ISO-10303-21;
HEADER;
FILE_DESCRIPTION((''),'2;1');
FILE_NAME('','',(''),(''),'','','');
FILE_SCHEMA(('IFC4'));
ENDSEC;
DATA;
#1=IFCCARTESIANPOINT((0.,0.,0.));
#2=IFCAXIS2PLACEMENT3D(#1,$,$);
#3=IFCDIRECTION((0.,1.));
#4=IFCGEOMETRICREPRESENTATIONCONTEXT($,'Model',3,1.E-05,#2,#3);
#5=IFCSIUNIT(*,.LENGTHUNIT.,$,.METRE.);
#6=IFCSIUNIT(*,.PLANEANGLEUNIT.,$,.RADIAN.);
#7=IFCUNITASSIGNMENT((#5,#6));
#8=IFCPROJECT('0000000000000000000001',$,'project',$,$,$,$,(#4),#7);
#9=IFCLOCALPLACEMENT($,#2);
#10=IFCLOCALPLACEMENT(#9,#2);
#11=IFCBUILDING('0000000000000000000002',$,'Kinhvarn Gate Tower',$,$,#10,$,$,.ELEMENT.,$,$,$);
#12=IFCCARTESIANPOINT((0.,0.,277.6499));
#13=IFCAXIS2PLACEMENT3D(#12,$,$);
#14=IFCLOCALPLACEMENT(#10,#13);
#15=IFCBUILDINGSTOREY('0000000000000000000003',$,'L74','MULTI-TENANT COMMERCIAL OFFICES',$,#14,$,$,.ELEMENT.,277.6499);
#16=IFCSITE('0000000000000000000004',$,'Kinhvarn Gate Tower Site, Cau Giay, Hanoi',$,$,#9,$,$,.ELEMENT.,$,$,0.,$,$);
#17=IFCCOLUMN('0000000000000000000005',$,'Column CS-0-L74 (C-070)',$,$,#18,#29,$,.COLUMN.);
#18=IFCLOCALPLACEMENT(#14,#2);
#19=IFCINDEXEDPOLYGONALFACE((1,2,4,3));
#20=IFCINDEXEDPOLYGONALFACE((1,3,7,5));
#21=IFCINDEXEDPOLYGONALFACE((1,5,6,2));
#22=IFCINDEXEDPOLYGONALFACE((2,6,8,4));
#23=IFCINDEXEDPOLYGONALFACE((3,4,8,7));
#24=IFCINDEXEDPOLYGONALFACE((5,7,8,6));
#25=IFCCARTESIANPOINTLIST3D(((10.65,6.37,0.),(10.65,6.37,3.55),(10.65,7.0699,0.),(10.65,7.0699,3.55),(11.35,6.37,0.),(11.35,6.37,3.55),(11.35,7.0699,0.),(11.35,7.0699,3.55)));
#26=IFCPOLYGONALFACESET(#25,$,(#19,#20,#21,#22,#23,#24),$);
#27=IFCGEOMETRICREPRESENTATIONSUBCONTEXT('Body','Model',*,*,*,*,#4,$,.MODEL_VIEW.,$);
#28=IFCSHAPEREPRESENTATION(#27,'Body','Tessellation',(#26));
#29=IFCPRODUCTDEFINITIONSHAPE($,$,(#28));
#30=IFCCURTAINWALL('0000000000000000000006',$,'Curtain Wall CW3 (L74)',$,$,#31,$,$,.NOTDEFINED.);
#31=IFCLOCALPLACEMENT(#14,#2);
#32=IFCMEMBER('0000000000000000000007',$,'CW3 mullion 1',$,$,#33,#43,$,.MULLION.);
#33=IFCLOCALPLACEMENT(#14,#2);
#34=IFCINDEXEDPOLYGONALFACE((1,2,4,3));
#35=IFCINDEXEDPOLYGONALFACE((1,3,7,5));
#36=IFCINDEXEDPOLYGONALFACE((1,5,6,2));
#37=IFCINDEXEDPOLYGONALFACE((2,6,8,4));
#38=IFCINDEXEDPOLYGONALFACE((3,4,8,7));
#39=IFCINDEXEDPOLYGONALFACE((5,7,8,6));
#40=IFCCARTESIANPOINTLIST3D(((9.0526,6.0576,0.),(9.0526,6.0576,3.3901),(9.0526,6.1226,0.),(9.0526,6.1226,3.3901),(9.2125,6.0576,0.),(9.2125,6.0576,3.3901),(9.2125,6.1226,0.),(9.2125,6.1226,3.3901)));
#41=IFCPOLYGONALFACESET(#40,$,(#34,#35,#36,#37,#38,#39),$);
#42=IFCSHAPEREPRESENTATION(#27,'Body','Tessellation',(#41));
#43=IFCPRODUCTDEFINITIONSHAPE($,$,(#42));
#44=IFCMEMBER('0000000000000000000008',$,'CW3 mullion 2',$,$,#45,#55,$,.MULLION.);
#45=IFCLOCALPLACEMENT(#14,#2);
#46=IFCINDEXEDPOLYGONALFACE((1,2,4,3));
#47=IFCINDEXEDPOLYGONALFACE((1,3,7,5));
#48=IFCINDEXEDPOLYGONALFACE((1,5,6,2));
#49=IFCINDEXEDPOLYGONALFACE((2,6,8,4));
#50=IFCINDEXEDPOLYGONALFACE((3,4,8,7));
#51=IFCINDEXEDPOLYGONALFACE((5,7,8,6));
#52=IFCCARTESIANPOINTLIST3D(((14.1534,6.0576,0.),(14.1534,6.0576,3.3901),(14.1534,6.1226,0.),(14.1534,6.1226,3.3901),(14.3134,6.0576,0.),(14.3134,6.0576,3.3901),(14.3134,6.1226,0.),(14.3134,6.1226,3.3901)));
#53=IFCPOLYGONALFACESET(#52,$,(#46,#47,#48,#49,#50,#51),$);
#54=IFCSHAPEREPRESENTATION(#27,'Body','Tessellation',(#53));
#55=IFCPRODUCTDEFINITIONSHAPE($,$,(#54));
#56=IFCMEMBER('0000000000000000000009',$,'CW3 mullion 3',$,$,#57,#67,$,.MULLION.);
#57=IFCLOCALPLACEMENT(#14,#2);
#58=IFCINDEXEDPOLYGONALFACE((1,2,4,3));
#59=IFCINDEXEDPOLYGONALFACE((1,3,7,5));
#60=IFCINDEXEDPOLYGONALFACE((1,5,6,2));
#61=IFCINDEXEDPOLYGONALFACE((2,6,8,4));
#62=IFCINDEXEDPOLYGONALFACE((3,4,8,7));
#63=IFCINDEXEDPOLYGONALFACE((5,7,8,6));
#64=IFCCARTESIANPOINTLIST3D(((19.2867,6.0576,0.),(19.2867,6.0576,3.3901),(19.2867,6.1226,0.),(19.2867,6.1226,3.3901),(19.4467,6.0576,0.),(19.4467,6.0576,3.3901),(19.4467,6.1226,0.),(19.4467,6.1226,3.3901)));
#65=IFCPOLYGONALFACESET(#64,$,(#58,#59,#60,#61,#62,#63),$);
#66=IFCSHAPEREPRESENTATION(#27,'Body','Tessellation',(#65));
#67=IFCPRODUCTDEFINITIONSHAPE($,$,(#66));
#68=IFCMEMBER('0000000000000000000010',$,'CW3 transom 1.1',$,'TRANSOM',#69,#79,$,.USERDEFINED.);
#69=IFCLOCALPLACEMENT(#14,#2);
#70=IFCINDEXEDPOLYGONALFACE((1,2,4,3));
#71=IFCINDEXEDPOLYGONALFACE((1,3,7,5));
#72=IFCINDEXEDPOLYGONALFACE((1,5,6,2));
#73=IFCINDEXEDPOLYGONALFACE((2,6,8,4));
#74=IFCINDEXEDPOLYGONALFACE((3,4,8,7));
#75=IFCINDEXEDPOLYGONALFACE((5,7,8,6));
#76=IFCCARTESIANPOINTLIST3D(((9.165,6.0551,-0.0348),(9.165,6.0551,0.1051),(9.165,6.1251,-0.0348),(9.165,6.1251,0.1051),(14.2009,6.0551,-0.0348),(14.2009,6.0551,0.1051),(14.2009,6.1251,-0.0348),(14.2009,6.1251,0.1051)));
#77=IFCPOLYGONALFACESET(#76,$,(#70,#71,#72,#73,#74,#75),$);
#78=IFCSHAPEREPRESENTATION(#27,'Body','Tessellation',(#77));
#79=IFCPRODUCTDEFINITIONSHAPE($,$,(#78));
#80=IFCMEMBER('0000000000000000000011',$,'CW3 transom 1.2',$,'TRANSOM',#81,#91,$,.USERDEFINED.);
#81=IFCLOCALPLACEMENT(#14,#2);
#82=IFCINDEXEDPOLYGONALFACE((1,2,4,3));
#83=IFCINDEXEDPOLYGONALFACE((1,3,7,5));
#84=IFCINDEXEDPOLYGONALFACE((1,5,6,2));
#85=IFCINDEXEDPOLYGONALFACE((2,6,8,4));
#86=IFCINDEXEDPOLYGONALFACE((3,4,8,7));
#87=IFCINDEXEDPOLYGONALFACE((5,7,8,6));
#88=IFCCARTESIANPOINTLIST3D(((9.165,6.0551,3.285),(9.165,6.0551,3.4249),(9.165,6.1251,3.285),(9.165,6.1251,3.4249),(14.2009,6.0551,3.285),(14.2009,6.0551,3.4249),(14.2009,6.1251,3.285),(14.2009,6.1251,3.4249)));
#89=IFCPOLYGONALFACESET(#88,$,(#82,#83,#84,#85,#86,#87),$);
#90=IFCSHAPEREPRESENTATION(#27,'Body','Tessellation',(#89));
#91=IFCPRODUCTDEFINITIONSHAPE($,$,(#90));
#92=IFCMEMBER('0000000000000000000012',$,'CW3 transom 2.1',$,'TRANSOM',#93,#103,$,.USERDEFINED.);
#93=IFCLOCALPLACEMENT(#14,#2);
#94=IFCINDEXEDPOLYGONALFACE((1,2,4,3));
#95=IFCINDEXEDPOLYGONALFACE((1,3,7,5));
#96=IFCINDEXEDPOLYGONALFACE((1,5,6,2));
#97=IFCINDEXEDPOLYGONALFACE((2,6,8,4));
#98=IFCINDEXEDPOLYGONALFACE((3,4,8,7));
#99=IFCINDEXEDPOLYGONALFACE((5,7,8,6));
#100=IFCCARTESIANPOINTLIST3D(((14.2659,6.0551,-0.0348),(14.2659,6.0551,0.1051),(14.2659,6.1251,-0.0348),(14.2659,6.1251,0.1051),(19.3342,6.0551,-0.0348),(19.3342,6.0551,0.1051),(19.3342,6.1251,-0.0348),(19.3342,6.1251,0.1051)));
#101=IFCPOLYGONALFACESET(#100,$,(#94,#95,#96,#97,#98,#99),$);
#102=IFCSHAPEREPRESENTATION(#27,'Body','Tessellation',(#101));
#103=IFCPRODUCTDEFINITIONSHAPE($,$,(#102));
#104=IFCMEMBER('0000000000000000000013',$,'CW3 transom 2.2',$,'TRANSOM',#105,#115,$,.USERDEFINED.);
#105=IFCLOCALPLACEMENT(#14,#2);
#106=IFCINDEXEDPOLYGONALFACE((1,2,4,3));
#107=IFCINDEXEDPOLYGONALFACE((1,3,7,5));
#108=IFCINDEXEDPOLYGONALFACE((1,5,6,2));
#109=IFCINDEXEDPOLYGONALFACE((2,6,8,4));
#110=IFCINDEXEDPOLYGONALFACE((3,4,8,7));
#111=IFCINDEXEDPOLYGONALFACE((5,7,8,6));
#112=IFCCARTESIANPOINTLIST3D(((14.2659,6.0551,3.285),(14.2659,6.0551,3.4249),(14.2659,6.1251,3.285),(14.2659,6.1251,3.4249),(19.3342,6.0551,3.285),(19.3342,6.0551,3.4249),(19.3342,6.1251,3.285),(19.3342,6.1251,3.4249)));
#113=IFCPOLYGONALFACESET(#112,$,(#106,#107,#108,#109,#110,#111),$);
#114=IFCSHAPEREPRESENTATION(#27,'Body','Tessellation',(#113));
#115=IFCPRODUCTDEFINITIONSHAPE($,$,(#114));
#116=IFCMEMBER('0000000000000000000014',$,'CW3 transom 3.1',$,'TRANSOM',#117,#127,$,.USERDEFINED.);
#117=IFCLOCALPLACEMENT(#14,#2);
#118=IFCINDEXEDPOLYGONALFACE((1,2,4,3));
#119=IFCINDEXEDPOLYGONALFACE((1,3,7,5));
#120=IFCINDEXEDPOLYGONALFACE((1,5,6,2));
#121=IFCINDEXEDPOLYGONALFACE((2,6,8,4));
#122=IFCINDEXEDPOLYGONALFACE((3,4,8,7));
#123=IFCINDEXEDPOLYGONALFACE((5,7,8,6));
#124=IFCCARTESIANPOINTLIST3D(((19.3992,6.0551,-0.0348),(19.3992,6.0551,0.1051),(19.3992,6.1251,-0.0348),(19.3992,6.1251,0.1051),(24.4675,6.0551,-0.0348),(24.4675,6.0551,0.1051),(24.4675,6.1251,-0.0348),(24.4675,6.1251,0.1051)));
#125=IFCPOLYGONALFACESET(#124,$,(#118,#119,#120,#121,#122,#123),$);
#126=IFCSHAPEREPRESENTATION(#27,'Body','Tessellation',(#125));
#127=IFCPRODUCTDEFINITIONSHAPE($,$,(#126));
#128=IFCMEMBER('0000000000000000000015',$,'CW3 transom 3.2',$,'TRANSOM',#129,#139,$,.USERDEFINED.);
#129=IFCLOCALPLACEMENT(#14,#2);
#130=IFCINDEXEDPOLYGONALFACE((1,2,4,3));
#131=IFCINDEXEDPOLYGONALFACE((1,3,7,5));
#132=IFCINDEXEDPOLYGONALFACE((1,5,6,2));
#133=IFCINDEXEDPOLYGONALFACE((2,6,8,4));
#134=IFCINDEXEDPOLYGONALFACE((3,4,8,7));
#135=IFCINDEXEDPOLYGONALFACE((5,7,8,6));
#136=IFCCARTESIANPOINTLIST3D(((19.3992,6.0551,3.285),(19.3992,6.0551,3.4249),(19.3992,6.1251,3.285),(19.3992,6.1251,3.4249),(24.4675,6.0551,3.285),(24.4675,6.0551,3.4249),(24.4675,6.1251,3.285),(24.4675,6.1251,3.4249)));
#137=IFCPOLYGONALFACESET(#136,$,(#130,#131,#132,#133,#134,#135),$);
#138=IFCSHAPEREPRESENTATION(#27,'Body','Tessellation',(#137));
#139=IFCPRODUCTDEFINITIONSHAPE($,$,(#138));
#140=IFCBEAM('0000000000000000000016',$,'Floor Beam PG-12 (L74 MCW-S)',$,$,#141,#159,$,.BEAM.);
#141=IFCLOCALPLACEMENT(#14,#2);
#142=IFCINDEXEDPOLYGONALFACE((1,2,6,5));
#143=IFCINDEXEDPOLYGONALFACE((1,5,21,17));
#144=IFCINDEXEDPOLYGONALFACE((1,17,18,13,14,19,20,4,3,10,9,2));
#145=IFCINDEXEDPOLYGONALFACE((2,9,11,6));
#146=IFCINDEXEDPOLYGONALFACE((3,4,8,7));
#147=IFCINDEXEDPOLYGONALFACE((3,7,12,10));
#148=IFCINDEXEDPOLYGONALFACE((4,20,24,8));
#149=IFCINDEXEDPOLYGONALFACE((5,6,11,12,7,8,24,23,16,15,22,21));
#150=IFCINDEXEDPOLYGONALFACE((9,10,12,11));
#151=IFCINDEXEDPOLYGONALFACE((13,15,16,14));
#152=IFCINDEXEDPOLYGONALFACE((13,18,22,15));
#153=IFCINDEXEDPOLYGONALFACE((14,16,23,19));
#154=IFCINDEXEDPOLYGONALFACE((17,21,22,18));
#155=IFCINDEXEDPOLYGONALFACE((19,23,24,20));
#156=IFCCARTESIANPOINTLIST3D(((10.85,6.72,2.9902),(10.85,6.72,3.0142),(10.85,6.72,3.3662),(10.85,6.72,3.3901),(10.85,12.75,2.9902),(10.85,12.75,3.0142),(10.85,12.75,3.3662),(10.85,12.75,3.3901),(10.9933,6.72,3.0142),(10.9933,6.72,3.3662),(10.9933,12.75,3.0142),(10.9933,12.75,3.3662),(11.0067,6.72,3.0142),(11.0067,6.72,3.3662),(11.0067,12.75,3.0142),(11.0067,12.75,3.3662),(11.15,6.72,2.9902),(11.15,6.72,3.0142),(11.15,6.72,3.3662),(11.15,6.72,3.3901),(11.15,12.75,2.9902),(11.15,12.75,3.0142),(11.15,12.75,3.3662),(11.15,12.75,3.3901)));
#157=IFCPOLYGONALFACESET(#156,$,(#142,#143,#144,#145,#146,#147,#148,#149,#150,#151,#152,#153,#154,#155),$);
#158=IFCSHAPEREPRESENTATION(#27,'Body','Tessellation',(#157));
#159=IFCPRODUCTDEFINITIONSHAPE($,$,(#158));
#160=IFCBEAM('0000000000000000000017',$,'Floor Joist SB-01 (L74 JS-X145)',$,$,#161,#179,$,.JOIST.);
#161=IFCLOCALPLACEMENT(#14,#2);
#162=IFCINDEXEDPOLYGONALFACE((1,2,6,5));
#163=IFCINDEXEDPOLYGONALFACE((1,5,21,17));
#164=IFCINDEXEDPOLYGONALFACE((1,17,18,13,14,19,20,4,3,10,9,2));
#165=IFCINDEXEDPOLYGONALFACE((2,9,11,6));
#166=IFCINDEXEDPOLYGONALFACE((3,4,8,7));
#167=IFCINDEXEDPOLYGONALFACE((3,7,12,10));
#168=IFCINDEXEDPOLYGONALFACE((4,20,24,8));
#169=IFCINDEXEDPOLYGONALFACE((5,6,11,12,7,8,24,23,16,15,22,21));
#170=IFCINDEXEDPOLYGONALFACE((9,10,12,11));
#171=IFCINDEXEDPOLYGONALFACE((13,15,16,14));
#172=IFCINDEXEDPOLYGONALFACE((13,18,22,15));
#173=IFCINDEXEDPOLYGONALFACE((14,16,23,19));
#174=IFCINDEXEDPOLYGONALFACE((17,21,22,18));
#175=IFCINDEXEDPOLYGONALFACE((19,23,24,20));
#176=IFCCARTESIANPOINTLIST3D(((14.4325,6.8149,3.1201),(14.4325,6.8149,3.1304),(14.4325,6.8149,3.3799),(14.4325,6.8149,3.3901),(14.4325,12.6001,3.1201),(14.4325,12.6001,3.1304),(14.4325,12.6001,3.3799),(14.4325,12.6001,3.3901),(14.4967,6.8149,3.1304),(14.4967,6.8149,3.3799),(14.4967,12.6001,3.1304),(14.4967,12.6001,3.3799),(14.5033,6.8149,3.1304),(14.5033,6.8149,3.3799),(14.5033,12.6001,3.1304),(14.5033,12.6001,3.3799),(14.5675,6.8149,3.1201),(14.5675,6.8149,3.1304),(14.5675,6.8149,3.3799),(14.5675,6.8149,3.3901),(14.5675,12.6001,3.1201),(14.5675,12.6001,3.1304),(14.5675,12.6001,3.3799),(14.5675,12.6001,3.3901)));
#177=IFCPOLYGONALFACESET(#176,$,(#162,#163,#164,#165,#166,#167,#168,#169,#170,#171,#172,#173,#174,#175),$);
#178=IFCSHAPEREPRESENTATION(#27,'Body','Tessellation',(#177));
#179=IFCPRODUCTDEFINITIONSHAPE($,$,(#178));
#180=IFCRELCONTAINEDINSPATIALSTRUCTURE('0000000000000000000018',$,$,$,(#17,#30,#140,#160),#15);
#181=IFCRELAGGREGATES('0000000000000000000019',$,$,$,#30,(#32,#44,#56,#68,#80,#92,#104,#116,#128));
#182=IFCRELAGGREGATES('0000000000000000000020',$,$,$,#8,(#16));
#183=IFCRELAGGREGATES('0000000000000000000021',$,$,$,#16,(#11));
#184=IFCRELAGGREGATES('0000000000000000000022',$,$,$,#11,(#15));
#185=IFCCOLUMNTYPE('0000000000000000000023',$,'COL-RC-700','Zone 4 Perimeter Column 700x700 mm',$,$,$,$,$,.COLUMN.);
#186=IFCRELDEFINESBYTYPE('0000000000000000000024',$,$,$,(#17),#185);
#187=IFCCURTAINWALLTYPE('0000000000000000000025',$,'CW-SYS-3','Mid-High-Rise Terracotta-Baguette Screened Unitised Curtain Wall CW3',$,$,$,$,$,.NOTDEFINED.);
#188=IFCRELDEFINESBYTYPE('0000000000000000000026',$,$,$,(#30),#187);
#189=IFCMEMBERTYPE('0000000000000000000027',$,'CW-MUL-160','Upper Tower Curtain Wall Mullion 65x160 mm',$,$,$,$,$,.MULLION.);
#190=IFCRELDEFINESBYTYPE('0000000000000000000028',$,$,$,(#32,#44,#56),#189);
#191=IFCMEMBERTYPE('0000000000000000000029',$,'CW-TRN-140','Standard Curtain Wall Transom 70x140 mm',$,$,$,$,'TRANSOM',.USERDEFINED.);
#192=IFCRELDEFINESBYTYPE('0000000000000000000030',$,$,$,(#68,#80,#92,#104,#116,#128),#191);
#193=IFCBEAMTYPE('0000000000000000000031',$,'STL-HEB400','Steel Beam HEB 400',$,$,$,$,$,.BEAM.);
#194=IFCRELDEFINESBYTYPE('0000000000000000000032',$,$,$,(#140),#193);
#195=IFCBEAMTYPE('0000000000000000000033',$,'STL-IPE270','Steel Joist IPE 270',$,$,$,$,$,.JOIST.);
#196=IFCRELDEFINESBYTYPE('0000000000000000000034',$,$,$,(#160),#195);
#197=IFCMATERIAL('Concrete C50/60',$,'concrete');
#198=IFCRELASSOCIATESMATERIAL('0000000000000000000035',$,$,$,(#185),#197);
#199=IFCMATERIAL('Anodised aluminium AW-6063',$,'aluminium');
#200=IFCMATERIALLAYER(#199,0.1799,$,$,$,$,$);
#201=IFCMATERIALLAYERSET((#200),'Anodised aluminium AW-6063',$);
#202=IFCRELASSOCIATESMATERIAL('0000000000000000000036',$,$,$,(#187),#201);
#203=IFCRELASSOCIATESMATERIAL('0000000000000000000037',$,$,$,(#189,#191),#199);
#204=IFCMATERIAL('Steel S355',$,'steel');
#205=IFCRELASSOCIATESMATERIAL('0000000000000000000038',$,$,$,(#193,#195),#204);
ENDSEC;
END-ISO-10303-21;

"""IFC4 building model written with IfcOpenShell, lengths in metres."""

from ifc_helpers import new_model, si_unit, direction, frame, origin, origin_2d, place, context, subcontext, project, spatial, rectangle, i_section, extrude, material, layer, layer_set, material_profile, profile_set, type_object, element, aggregate, save


model = new_model("IFC4")

# Units and contexts
model_context = context("Model", 3, precision=1e-05, world=origin(), true_north=direction((0.0, 1.0)))
body_context = subcontext(model_context, "Body", "Model", "MODEL_VIEW")
ifc_project = project(units=[si_unit("LENGTHUNIT", "METRE"), si_unit("PLANEANGLEUNIT", "RADIAN")], contexts=[model_context])

# Site, building, storey
site_placement = place(None, origin())
site = spatial("IfcSite", under=ifc_project, at=site_placement, Name="Kinhvarn Gate Tower Site, Cau Giay, Hanoi", CompositionType="ELEMENT", RefElevation=0.0)
building_placement = place(site_placement, origin())
building = spatial("IfcBuilding", under=site, at=building_placement, Name="Kinhvarn Gate Tower", CompositionType="ELEMENT")
storey_placement = place(building_placement, frame((0.0, 0.0, 277.6499)))
storey = spatial("IfcBuildingStorey", under=building, at=storey_placement, Name="L74", Description="MULTI-TENANT COMMERCIAL OFFICES", CompositionType="ELEMENT", Elevation=277.6499)

# Column
ifc_material_1 = material(Name="Concrete C50/60", Category="concrete")
ifc_material_profile_1 = material_profile(ifc_material_1, rectangle(XDim=0.7, YDim=0.7, at=origin_2d()), Name="RC 700x700")
ifc_profile_set_1 = profile_set([ifc_material_profile_1], Name="Concrete C50/60")
column_type = type_object("IfcColumnType", Name="COL-RC-700", Description="Zone 4 Perimeter Column 700x700 mm", PredefinedType="COLUMN", material=ifc_profile_set_1)
column_placement = place(storey_placement, frame((11.0, 6.72, 0.0), z_axis=(0.0, 0.0, 1.0), x_axis=(1.0, 0.0, 0.0)))
element("IfcColumn", 1, at=column_placement, inside=storey, type_object=column_type, Name="Column CS-0-L74 (C-070)", PredefinedType="COLUMN", context=body_context, shape_type="SweptSolid", body=[
    extrude(rectangle(XDim=0.7, YDim=0.7, at=origin_2d()), origin(), (0.0, 0.0, 1.0), 3.55),
])

# Curtain wall, members
ifc_material_2 = material(Name="Anodised aluminium AW-6063", Category="aluminium")
ifc_layer_1 = layer(ifc_material_2, 0.1799)
ifc_layer_set_1 = layer_set([ifc_layer_1], Name="Anodised aluminium AW-6063")
curtain_wall_type = type_object("IfcCurtainWallType", Name="CW-SYS-3", Description="Mid-High-Rise Terracotta-Baguette Screened Unitised Curtain Wall CW3", PredefinedType="NOTDEFINED", material=ifc_layer_set_1)
curtain_wall_placement = place(storey_placement, origin())
curtain_wall = element("IfcCurtainWall", 2, at=curtain_wall_placement, inside=storey, type_object=curtain_wall_type, Name="Curtain Wall CW3 (L74)", PredefinedType="NOTDEFINED")
ifc_material_profile_2 = material_profile(ifc_material_2, rectangle(XDim=0.0649, YDim=0.1599, at=origin_2d()), Name="ALU 65x160")
ifc_profile_set_2 = profile_set([ifc_material_profile_2], Name="Anodised aluminium AW-6063")
member_type_1 = type_object("IfcMemberType", Name="CW-MUL-160", Description="Upper Tower Curtain Wall Mullion 65x160 mm", PredefinedType="MULLION", material=ifc_profile_set_2)
member_1_placement = place(storey_placement, frame((9.1326, 6.0901, 0.0), z_axis=(0.0, 0.0, 1.0), x_axis=(0.0, 1.0, 0.0)))
member_1 = element("IfcMember", 3, at=member_1_placement, type_object=member_type_1, Name="CW3 mullion 1", PredefinedType="MULLION", context=body_context, shape_type="SweptSolid", body=[
    extrude(rectangle(XDim=0.0649, YDim=0.1599, at=origin_2d()), origin(), (0.0, 0.0, 1.0), 3.3901),
])
member_2_placement = place(storey_placement, frame((14.2334, 6.0901, 0.0), z_axis=(0.0, 0.0, 1.0), x_axis=(0.0, 1.0, 0.0)))
member_2 = element("IfcMember", 4, at=member_2_placement, type_object=member_type_1, Name="CW3 mullion 2", PredefinedType="MULLION", context=body_context, shape_type="SweptSolid", body=[
    extrude(rectangle(XDim=0.0649, YDim=0.1599, at=origin_2d()), origin(), (0.0, 0.0, 1.0), 3.3901),
])
member_3_placement = place(storey_placement, frame((19.3667, 6.0901, 0.0), z_axis=(0.0, 0.0, 1.0), x_axis=(0.0, 1.0, 0.0)))
member_3 = element("IfcMember", 5, at=member_3_placement, type_object=member_type_1, Name="CW3 mullion 3", PredefinedType="MULLION", context=body_context, shape_type="SweptSolid", body=[
    extrude(rectangle(XDim=0.0649, YDim=0.1599, at=origin_2d()), origin(), (0.0, 0.0, 1.0), 3.3901),
])
ifc_material_profile_3 = material_profile(ifc_material_2, rectangle(XDim=0.0701, YDim=0.1399, at=origin_2d()), Name="ALU 70x140")
ifc_profile_set_3 = profile_set([ifc_material_profile_3], Name="Anodised aluminium AW-6063")
member_type_2 = type_object("IfcMemberType", Name="CW-TRN-140", Description="Standard Curtain Wall Transom 70x140 mm", ElementType="TRANSOM", PredefinedType="USERDEFINED", material=ifc_profile_set_3)
member_4_placement = place(storey_placement, frame((9.165, 6.0901, 0.0352), z_axis=(1.0, 0.0, 0.0), x_axis=(0.0, 1.0, 0.0)))
member_4 = element("IfcMember", 6, at=member_4_placement, type_object=member_type_2, Name="CW3 transom 1.1", ObjectType="TRANSOM", PredefinedType="USERDEFINED", context=body_context, shape_type="SweptSolid", body=[
    extrude(rectangle(XDim=0.0701, YDim=0.1399, at=origin_2d()), origin(), (0.0, 0.0, 1.0), 5.0359),
])
member_5_placement = place(storey_placement, frame((9.165, 6.0901, 3.355), z_axis=(1.0, 0.0, 0.0), x_axis=(0.0, 1.0, 0.0)))
member_5 = element("IfcMember", 7, at=member_5_placement, type_object=member_type_2, Name="CW3 transom 1.2", ObjectType="TRANSOM", PredefinedType="USERDEFINED", context=body_context, shape_type="SweptSolid", body=[
    extrude(rectangle(XDim=0.0701, YDim=0.1399, at=origin_2d()), origin(), (0.0, 0.0, 1.0), 5.0359),
])
member_6_placement = place(storey_placement, frame((14.2659, 6.0901, 0.0352), z_axis=(1.0, 0.0, 0.0), x_axis=(0.0, 1.0, 0.0)))
member_6 = element("IfcMember", 8, at=member_6_placement, type_object=member_type_2, Name="CW3 transom 2.1", ObjectType="TRANSOM", PredefinedType="USERDEFINED", context=body_context, shape_type="SweptSolid", body=[
    extrude(rectangle(XDim=0.0701, YDim=0.1399, at=origin_2d()), origin(), (0.0, 0.0, 1.0), 5.0684),
])
member_7_placement = place(storey_placement, frame((14.2659, 6.0901, 3.355), z_axis=(1.0, 0.0, 0.0), x_axis=(0.0, 1.0, 0.0)))
member_7 = element("IfcMember", 9, at=member_7_placement, type_object=member_type_2, Name="CW3 transom 2.2", ObjectType="TRANSOM", PredefinedType="USERDEFINED", context=body_context, shape_type="SweptSolid", body=[
    extrude(rectangle(XDim=0.0701, YDim=0.1399, at=origin_2d()), origin(), (0.0, 0.0, 1.0), 5.0684),
])
member_8_placement = place(storey_placement, frame((19.3992, 6.0901, 0.0352), z_axis=(1.0, 0.0, 0.0), x_axis=(0.0, 1.0, 0.0)))
member_8 = element("IfcMember", 10, at=member_8_placement, type_object=member_type_2, Name="CW3 transom 3.1", ObjectType="TRANSOM", PredefinedType="USERDEFINED", context=body_context, shape_type="SweptSolid", body=[
    extrude(rectangle(XDim=0.0701, YDim=0.1399, at=origin_2d()), origin(), (0.0, 0.0, 1.0), 5.0684),
])
member_9_placement = place(storey_placement, frame((19.3992, 6.0901, 3.355), z_axis=(1.0, 0.0, 0.0), x_axis=(0.0, 1.0, 0.0)))
member_9 = element("IfcMember", 11, at=member_9_placement, type_object=member_type_2, Name="CW3 transom 3.2", ObjectType="TRANSOM", PredefinedType="USERDEFINED", context=body_context, shape_type="SweptSolid", body=[
    extrude(rectangle(XDim=0.0701, YDim=0.1399, at=origin_2d()), origin(), (0.0, 0.0, 1.0), 5.0684),
])

# Beams
ifc_material_3 = material(Name="Steel S355", Category="steel")
ifc_material_profile_4 = material_profile(ifc_material_3, i_section(OverallWidth=0.3, OverallDepth=0.3999, WebThickness=0.0134, FlangeThickness=0.0239, at=origin_2d()), Name="HEB 400")
ifc_profile_set_4 = profile_set([ifc_material_profile_4], Name="Steel S355")
beam_type_1 = type_object("IfcBeamType", Name="STL-HEB400", Description="Steel Beam HEB 400", PredefinedType="BEAM", material=ifc_profile_set_4)
beam_1_placement = place(storey_placement, frame((11.0, 6.72, 3.1902), z_axis=(0.0, 1.0, 0.0), x_axis=(-1.0, 0.0, 0.0)))
element("IfcBeam", 12, at=beam_1_placement, inside=storey, type_object=beam_type_1, Name="Floor Beam PG-12 (L74 MCW-S)", PredefinedType="BEAM", context=body_context, shape_type="SweptSolid", body=[
    extrude(i_section(OverallWidth=0.3, OverallDepth=0.3999, WebThickness=0.0134, FlangeThickness=0.0239, at=origin_2d()), origin(), (0.0, 0.0, 1.0), 6.03),
])
ifc_material_profile_5 = material_profile(ifc_material_3, i_section(OverallWidth=0.135, OverallDepth=0.27, WebThickness=0.0066, FlangeThickness=0.0103, at=origin_2d()), Name="IPE 270")
ifc_profile_set_5 = profile_set([ifc_material_profile_5], Name="Steel S355")
beam_type_2 = type_object("IfcBeamType", Name="STL-IPE270", Description="Steel Joist IPE 270", PredefinedType="JOIST", material=ifc_profile_set_5)
for number, where, z_axis, x_axis, name in (
    (13, (14.5, 6.8149, 3.2551), (0.0, 1.0, 0.0), (-1.0, 0.0, 0.0), "Floor Joist SB-01 (L74 JS-X145)"),
):
    element("IfcBeam", number, at=place(storey_placement, frame(where, z_axis=z_axis, x_axis=x_axis)), inside=storey, type_object=beam_type_2, Name=name, PredefinedType="JOIST", context=body_context, shape_type="SweptSolid", body=[
        extrude(i_section(OverallWidth=0.135, OverallDepth=0.27, WebThickness=0.0066, FlangeThickness=0.0103, at=origin_2d()), origin(), (0.0, 0.0, 1.0), 5.7852),
    ])

aggregate(curtain_wall, [member_1, member_2, member_3, member_4, member_5, member_6, member_7, member_8, member_9])

save(model, "model.ifc")
